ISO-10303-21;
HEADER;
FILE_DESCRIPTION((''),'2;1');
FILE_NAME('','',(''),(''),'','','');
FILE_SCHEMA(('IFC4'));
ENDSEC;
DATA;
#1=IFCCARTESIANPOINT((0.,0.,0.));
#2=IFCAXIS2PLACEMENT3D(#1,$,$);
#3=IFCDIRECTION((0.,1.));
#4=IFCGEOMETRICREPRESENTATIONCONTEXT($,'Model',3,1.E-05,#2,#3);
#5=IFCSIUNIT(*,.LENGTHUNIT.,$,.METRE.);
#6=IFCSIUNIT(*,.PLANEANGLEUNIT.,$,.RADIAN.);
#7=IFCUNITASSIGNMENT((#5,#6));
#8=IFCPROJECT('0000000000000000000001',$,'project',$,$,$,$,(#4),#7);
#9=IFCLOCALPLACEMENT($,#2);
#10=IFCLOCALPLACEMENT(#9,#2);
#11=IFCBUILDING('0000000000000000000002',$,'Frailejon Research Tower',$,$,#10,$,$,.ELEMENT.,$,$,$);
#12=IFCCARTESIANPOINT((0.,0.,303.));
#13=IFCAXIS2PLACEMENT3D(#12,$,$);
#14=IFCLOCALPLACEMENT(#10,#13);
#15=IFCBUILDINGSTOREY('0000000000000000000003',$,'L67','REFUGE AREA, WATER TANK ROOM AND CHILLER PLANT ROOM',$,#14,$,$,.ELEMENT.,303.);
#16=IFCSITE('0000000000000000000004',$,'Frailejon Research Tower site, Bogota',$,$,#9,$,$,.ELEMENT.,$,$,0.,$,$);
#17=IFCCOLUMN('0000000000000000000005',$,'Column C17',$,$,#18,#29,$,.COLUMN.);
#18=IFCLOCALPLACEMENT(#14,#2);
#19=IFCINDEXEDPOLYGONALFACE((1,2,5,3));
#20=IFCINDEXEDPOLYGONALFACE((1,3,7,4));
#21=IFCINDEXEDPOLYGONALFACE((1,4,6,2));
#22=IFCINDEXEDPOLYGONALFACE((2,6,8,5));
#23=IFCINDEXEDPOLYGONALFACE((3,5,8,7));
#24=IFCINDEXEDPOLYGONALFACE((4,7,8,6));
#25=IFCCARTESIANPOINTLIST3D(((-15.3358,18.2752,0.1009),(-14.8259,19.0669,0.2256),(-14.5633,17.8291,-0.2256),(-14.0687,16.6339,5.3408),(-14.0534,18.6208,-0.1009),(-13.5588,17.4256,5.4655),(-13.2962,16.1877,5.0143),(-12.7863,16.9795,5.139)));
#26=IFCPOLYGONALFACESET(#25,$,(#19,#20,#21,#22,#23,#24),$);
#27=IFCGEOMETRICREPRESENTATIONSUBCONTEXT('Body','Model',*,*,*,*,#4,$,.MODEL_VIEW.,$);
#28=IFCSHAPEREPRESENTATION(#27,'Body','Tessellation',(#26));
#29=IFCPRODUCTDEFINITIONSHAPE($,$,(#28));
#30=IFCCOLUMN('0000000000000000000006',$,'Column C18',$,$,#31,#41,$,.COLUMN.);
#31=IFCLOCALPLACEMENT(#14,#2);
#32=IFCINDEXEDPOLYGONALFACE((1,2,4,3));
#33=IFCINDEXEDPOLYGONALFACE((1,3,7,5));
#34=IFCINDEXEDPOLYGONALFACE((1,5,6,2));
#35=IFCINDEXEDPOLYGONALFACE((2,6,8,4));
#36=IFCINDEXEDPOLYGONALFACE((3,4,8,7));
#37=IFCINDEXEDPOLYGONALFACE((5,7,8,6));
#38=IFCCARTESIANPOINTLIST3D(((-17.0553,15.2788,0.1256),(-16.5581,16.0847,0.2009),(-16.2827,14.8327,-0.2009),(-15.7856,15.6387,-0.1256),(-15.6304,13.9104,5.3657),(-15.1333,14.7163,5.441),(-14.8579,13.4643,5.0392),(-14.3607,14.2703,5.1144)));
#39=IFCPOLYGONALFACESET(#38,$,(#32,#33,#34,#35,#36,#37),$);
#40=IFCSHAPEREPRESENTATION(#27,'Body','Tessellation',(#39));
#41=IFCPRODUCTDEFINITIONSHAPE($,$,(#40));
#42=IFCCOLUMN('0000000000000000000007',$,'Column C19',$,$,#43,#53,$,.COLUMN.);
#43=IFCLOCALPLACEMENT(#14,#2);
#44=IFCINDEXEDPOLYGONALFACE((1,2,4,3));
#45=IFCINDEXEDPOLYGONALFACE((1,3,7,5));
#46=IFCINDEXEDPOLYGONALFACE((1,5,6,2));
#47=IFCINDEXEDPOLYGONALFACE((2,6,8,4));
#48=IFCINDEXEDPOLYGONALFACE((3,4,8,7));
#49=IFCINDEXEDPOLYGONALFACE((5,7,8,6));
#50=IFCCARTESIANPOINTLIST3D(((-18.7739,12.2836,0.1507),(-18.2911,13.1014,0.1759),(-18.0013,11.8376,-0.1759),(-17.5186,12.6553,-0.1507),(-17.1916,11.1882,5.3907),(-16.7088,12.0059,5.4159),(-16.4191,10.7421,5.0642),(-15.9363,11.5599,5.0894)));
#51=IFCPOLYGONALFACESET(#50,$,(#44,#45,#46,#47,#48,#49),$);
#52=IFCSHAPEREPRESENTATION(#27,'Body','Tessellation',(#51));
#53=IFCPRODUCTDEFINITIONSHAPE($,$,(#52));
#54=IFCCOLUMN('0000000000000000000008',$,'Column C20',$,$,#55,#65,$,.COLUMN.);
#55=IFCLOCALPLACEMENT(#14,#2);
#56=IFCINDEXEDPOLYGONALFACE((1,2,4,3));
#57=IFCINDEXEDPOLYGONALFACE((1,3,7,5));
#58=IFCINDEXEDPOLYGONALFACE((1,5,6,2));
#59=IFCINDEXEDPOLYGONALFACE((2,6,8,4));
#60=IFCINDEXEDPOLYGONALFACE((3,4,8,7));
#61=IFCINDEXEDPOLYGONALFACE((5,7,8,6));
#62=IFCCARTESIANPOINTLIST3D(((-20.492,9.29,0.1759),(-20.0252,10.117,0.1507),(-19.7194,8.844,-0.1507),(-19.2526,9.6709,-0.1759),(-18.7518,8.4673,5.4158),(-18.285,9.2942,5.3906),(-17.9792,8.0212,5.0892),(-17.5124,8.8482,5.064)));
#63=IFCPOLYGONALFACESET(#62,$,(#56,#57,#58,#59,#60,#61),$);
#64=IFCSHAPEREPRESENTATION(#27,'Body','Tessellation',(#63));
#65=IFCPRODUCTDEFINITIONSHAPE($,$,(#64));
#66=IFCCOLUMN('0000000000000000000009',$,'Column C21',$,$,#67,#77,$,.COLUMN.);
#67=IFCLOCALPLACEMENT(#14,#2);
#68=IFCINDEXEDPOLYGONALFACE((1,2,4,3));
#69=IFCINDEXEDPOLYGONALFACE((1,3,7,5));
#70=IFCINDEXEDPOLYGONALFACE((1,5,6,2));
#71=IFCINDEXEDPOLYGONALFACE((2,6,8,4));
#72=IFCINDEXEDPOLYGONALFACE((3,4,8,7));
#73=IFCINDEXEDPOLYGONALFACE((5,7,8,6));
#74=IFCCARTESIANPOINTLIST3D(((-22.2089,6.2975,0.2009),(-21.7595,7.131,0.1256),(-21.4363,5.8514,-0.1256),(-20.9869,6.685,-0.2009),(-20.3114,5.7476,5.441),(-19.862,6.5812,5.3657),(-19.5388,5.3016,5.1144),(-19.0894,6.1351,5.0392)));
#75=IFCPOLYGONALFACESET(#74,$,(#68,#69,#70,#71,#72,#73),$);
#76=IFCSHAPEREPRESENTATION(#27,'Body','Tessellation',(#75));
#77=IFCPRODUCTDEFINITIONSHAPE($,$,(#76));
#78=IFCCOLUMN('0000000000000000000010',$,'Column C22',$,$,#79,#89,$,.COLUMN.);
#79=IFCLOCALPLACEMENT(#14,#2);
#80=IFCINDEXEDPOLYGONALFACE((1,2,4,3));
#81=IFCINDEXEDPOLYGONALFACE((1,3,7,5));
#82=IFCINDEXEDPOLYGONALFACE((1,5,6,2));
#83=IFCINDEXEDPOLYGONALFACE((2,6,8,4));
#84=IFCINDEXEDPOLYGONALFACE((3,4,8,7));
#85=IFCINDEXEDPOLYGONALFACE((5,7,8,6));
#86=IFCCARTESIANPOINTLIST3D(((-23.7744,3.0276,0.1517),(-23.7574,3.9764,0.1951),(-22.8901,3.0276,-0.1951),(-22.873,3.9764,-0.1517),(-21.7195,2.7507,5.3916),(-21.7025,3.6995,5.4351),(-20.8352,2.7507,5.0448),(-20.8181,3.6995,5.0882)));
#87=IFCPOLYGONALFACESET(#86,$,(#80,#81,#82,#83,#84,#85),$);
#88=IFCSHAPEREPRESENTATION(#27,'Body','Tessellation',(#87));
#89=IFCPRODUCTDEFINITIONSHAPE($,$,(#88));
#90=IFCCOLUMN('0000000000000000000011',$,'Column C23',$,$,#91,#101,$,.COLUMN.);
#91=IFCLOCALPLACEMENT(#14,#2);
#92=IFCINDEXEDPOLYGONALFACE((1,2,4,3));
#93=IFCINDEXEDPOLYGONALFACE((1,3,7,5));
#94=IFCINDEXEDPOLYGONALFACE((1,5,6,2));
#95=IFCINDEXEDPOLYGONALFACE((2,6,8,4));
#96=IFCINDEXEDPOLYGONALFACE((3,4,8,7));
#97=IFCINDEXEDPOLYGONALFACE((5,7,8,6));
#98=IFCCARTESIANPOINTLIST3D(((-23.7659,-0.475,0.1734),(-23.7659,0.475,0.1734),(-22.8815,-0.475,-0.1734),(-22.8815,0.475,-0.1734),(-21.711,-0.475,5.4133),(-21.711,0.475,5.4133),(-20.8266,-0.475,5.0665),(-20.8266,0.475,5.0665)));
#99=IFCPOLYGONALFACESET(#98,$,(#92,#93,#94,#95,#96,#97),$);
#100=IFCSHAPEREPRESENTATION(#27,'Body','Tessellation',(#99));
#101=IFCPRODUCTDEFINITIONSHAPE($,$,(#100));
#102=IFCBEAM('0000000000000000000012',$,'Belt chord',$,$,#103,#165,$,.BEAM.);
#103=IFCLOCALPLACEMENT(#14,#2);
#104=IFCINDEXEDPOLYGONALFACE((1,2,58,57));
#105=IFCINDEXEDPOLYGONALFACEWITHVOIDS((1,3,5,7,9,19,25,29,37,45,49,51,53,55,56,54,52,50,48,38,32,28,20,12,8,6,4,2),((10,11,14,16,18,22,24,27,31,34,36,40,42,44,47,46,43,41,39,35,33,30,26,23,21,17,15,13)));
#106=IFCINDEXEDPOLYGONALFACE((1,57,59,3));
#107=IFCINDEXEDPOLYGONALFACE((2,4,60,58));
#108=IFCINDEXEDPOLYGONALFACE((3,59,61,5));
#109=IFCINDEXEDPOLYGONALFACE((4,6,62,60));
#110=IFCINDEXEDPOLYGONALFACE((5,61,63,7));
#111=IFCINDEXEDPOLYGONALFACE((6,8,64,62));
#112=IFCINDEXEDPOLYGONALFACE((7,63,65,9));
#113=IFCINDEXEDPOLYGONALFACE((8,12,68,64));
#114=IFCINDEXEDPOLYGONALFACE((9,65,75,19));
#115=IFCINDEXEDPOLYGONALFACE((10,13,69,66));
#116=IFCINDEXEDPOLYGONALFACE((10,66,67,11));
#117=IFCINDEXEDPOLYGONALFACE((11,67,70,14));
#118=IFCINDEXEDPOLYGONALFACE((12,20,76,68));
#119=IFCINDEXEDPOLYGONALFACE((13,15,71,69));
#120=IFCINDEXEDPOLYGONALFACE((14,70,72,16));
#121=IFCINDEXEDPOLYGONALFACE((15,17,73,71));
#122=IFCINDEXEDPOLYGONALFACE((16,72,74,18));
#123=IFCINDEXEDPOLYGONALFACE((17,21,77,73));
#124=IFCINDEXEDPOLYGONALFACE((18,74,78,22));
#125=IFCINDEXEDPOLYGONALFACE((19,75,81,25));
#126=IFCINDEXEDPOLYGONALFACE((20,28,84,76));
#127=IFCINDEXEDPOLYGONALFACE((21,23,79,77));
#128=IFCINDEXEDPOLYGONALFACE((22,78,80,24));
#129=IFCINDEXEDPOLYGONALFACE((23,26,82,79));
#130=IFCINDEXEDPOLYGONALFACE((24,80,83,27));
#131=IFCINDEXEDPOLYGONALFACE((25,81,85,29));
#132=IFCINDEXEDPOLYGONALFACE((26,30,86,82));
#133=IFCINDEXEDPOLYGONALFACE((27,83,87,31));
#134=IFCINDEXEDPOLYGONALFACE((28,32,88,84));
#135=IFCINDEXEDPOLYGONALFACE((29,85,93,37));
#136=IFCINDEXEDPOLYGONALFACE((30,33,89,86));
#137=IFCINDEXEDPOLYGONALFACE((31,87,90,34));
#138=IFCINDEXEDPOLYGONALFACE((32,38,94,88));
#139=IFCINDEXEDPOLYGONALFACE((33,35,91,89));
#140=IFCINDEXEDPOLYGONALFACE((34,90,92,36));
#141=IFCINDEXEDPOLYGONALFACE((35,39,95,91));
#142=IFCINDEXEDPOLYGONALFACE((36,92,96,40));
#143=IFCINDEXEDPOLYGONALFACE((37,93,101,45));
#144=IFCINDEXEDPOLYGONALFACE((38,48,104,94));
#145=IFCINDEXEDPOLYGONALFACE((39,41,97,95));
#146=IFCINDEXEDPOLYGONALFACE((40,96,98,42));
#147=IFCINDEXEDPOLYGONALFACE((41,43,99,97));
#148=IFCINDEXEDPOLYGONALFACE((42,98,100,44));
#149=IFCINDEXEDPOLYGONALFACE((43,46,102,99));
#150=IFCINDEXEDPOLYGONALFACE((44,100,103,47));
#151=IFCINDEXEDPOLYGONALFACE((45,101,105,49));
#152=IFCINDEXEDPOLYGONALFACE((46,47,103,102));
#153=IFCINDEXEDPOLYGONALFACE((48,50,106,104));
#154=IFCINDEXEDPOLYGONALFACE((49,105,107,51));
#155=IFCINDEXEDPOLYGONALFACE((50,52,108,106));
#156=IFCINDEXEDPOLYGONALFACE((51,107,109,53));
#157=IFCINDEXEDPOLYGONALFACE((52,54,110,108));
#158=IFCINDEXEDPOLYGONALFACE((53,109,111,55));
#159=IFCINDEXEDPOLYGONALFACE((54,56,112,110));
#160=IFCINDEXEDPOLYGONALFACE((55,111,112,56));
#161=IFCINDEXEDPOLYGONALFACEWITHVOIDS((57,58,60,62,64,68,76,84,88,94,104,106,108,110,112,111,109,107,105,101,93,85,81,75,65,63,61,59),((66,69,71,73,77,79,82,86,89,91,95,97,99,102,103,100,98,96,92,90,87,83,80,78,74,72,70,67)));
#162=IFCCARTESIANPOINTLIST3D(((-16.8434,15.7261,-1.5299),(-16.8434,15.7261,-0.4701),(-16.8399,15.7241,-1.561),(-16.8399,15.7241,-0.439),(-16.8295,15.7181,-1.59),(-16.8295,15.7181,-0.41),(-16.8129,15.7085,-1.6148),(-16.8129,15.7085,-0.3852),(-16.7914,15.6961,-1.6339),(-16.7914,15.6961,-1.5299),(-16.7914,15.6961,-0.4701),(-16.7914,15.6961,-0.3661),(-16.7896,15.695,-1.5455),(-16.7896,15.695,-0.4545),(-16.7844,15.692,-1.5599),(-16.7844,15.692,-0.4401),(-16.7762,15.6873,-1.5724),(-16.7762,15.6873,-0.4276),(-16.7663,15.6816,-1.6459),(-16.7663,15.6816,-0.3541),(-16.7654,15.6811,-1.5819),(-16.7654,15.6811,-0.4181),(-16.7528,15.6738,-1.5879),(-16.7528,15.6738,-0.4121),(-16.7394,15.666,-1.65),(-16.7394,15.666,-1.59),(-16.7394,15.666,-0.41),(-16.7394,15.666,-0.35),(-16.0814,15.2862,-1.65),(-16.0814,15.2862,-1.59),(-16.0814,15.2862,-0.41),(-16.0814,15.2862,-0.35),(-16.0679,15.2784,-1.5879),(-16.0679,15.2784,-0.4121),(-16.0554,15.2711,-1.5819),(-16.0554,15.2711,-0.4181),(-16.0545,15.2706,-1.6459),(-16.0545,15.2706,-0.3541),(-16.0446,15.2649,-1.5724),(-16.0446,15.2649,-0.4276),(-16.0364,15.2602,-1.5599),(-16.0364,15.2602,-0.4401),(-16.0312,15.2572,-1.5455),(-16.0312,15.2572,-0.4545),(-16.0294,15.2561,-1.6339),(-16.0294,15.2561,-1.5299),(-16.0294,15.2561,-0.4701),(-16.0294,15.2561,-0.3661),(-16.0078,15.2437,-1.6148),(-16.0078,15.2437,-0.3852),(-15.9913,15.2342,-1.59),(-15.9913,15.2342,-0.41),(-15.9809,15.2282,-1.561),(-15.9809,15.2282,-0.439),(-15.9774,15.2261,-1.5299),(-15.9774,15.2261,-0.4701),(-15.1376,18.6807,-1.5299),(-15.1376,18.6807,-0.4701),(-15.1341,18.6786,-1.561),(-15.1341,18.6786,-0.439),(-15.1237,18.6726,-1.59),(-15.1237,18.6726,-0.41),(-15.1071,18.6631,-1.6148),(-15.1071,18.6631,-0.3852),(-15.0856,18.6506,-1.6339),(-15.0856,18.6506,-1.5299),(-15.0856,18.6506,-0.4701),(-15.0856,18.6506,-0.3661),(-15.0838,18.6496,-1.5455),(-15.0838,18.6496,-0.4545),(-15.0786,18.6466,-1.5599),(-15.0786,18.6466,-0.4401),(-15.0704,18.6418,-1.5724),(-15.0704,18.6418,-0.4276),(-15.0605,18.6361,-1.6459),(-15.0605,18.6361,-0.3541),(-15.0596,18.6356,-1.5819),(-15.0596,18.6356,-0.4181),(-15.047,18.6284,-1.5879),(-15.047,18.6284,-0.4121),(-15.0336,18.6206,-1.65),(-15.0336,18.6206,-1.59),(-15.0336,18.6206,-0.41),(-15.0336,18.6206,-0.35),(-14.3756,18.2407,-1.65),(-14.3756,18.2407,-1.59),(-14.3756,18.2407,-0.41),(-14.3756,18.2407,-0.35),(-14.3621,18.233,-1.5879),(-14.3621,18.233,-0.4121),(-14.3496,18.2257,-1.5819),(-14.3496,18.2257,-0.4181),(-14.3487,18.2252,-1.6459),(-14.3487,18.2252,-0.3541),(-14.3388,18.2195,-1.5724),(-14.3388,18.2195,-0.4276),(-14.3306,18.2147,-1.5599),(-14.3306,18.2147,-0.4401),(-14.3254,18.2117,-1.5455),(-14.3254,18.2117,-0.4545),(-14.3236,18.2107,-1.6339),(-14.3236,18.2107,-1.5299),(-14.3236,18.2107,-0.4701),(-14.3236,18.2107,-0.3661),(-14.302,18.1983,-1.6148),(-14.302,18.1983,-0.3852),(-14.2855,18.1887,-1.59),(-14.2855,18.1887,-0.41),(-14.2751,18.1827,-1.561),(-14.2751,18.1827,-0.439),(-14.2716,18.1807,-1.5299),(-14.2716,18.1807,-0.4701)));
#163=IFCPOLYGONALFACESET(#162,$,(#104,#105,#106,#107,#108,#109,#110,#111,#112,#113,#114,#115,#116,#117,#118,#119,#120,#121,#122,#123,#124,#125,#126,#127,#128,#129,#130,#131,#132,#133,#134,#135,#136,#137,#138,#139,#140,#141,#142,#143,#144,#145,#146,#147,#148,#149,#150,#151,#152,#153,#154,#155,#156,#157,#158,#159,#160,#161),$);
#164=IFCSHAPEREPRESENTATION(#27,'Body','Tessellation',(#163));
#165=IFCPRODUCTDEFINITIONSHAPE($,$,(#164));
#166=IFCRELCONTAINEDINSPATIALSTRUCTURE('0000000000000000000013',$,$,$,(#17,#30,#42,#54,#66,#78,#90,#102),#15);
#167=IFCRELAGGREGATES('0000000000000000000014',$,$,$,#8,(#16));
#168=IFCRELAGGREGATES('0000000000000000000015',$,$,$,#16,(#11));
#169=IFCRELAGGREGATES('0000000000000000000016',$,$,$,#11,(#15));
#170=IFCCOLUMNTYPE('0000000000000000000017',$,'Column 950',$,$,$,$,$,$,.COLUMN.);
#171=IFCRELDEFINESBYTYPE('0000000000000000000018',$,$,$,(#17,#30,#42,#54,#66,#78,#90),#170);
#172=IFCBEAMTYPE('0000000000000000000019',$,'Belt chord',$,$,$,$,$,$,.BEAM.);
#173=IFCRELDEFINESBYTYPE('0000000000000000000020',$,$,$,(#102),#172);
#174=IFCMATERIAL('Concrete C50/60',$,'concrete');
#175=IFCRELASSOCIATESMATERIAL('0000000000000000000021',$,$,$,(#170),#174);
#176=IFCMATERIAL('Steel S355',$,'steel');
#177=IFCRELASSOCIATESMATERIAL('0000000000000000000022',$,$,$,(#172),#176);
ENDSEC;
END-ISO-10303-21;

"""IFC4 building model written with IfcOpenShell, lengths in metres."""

from ifc_helpers import new_model, si_unit, direction, frame, origin, origin_2d, place, context, subcontext, project, spatial, rectangle, hollow_rectangle, extrude, material, material_profile, profile_set, type_object, element, save


model = new_model("IFC4")

# Units and contexts
model_context = context("Model", 3, precision=1e-05, world=origin(), true_north=direction((0.0, 1.0)))
body_context = subcontext(model_context, "Body", "Model", "MODEL_VIEW")
ifc_project = project(units=[si_unit("LENGTHUNIT", "METRE"), si_unit("PLANEANGLEUNIT", "RADIAN")], contexts=[model_context])

# Site, building, storey
site_placement = place(None, origin())
site = spatial("IfcSite", under=ifc_project, at=site_placement, Name="Frailejon Research Tower site, Bogota", CompositionType="ELEMENT", RefElevation=0.0)
building_placement = place(site_placement, origin())
building = spatial("IfcBuilding", under=site, at=building_placement, Name="Frailejon Research Tower", CompositionType="ELEMENT")
storey_placement = place(building_placement, frame((0.0, 0.0, 303.0)))
storey = spatial("IfcBuildingStorey", under=building, at=storey_placement, Name="L67", Description="REFUGE AREA, WATER TANK ROOM AND CHILLER PLANT ROOM", CompositionType="ELEMENT", Elevation=303.0)

# Columns
ifc_material_1 = material(Name="Concrete C50/60", Category="concrete")
ifc_material_profile_1 = material_profile(ifc_material_1, rectangle(XDim=0.95, YDim=0.95, at=origin_2d()), Name="Column 950")
ifc_profile_set_1 = profile_set([ifc_material_profile_1], Name="Concrete C50/60")
column_type = type_object("IfcColumnType", Name="Column 950", PredefinedType="COLUMN", material=ifc_profile_set_1)
column_1_placement = place(storey_placement, frame((-14.6946, 18.448, 0.0), z_axis=(0.224847, -0.291261, 0.929844), x_axis=(-0.536787, -0.833444, -0.131264)))
element("IfcColumn", 1, at=column_1_placement, inside=storey, type_object=column_type, Name="Column C17", PredefinedType="COLUMN", context=body_context, shape_type="SweptSolid", body=[
    extrude(rectangle(XDim=0.95, YDim=0.95, at=origin_2d()), origin(), (0.0, 0.0, 1.0), 5.6353),
])
column_2_placement = place(storey_placement, frame((-16.4204, 15.4587, 0.0), z_axis=(0.254429, -0.244358, 0.935711), x_axis=(-0.523377, -0.848408, -0.079248)))
element("IfcColumn", 2, at=column_2_placement, inside=storey, type_object=column_type, Name="Column C18", PredefinedType="COLUMN", context=body_context, shape_type="SweptSolid", body=[
    extrude(rectangle(XDim=0.95, YDim=0.95, at=origin_2d()), origin(), (0.0, 0.0, 1.0), 5.6001),
])
for number, where, z_axis, x_axis, name in (
    (3, (-18.1462, 12.4695, 0.0), (0.283449, -0.196241, 0.938694), (-0.508203, -0.860829, -0.026505), "Column C19"),
    (4, (-19.8723, 9.4805, 0.0), (0.311738, -0.147384, 0.938668), (-0.491392, -0.870535, 0.026508), "Column C20"),
):
    element("IfcColumn", number, at=place(storey_placement, frame(where, z_axis=z_axis, x_axis=x_axis)), inside=storey, type_object=column_type, Name=name, PredefinedType="COLUMN", context=body_context, shape_type="SweptSolid", body=[
        extrude(rectangle(XDim=0.95, YDim=0.95, at=origin_2d()), origin(), (0.0, 0.0, 1.0), 5.5823),
    ])
column_3_placement = place(storey_placement, frame((-21.5979, 6.4912, 0.0), z_axis=(0.338832, -0.098179, 0.93571), x_axis=(-0.473093, -0.877441, 0.079247)))
element("IfcColumn", 5, at=column_3_placement, inside=storey, type_object=column_type, Name="Column C21", PredefinedType="COLUMN", context=body_context, shape_type="SweptSolid", body=[
    extrude(rectangle(XDim=0.95, YDim=0.95, at=origin_2d()), origin(), (0.0, 0.0, 1.0), 5.6001),
])
column_4_placement = place(storey_placement, frame((-23.3237, 3.502, 0.0), z_axis=(0.364652, -0.049129, 0.929847), x_axis=(-0.017938, -0.998792, -0.045737)))
element("IfcColumn", 6, at=column_4_placement, inside=storey, type_object=column_type, Name="Column C22", PredefinedType="COLUMN", context=body_context, shape_type="SweptSolid", body=[
    extrude(rectangle(XDim=0.95, YDim=0.95, at=origin_2d()), origin(), (0.0, 0.0, 1.0), 5.6353),
])
column_5_placement = place(storey_placement, frame((-23.3237, 0.0, 0.0), z_axis=(0.365093, 0.0, 0.930971), x_axis=(0.0, -1.0, 0.0)))
element("IfcColumn", 7, at=column_5_placement, inside=storey, type_object=column_type, Name="Column C23", PredefinedType="COLUMN", context=body_context, shape_type="SweptSolid", body=[
    extrude(rectangle(XDim=0.95, YDim=0.95, at=origin_2d()), origin(), (0.0, 0.0, 1.0), 5.6284),
])

# Beam
ifc_material_2 = material(Name="Steel S355", Category="steel")
ifc_material_profile_2 = material_profile(ifc_material_2, hollow_rectangle(XDim=1.0, YDim=1.3, WallThickness=0.0601, InnerFilletRadius=0.0601, OuterFilletRadius=0.1201, at=origin_2d()), Name="Belt chord")
ifc_profile_set_2 = profile_set([ifc_material_profile_2], Name="Steel S355")
beam_type_1 = type_object("IfcBeamType", Name="Belt chord", PredefinedType="BEAM", material=ifc_profile_set_2)
for number, where, z_axis, x_axis, name in (
    (8, (-14.7046, 18.4307, -1.0), (-0.499995, -0.866028, 0.0), (0.866028, -0.499995, 0.0), "Belt chord"),
):
    element("IfcBeam", number, at=place(storey_placement, frame(where, z_axis=z_axis, x_axis=x_axis)), inside=storey, type_object=beam_type_1, Name=name, PredefinedType="BEAM", context=body_context, shape_type="SweptSolid", body=[
        extrude(hollow_rectangle(XDim=1.0, YDim=1.3, WallThickness=0.0601, InnerFilletRadius=0.0601, OuterFilletRadius=0.1201, at=origin_2d()), origin(), (0.0, 0.0, 1.0), 3.4116),
    ])

save(model, "model.ifc")
